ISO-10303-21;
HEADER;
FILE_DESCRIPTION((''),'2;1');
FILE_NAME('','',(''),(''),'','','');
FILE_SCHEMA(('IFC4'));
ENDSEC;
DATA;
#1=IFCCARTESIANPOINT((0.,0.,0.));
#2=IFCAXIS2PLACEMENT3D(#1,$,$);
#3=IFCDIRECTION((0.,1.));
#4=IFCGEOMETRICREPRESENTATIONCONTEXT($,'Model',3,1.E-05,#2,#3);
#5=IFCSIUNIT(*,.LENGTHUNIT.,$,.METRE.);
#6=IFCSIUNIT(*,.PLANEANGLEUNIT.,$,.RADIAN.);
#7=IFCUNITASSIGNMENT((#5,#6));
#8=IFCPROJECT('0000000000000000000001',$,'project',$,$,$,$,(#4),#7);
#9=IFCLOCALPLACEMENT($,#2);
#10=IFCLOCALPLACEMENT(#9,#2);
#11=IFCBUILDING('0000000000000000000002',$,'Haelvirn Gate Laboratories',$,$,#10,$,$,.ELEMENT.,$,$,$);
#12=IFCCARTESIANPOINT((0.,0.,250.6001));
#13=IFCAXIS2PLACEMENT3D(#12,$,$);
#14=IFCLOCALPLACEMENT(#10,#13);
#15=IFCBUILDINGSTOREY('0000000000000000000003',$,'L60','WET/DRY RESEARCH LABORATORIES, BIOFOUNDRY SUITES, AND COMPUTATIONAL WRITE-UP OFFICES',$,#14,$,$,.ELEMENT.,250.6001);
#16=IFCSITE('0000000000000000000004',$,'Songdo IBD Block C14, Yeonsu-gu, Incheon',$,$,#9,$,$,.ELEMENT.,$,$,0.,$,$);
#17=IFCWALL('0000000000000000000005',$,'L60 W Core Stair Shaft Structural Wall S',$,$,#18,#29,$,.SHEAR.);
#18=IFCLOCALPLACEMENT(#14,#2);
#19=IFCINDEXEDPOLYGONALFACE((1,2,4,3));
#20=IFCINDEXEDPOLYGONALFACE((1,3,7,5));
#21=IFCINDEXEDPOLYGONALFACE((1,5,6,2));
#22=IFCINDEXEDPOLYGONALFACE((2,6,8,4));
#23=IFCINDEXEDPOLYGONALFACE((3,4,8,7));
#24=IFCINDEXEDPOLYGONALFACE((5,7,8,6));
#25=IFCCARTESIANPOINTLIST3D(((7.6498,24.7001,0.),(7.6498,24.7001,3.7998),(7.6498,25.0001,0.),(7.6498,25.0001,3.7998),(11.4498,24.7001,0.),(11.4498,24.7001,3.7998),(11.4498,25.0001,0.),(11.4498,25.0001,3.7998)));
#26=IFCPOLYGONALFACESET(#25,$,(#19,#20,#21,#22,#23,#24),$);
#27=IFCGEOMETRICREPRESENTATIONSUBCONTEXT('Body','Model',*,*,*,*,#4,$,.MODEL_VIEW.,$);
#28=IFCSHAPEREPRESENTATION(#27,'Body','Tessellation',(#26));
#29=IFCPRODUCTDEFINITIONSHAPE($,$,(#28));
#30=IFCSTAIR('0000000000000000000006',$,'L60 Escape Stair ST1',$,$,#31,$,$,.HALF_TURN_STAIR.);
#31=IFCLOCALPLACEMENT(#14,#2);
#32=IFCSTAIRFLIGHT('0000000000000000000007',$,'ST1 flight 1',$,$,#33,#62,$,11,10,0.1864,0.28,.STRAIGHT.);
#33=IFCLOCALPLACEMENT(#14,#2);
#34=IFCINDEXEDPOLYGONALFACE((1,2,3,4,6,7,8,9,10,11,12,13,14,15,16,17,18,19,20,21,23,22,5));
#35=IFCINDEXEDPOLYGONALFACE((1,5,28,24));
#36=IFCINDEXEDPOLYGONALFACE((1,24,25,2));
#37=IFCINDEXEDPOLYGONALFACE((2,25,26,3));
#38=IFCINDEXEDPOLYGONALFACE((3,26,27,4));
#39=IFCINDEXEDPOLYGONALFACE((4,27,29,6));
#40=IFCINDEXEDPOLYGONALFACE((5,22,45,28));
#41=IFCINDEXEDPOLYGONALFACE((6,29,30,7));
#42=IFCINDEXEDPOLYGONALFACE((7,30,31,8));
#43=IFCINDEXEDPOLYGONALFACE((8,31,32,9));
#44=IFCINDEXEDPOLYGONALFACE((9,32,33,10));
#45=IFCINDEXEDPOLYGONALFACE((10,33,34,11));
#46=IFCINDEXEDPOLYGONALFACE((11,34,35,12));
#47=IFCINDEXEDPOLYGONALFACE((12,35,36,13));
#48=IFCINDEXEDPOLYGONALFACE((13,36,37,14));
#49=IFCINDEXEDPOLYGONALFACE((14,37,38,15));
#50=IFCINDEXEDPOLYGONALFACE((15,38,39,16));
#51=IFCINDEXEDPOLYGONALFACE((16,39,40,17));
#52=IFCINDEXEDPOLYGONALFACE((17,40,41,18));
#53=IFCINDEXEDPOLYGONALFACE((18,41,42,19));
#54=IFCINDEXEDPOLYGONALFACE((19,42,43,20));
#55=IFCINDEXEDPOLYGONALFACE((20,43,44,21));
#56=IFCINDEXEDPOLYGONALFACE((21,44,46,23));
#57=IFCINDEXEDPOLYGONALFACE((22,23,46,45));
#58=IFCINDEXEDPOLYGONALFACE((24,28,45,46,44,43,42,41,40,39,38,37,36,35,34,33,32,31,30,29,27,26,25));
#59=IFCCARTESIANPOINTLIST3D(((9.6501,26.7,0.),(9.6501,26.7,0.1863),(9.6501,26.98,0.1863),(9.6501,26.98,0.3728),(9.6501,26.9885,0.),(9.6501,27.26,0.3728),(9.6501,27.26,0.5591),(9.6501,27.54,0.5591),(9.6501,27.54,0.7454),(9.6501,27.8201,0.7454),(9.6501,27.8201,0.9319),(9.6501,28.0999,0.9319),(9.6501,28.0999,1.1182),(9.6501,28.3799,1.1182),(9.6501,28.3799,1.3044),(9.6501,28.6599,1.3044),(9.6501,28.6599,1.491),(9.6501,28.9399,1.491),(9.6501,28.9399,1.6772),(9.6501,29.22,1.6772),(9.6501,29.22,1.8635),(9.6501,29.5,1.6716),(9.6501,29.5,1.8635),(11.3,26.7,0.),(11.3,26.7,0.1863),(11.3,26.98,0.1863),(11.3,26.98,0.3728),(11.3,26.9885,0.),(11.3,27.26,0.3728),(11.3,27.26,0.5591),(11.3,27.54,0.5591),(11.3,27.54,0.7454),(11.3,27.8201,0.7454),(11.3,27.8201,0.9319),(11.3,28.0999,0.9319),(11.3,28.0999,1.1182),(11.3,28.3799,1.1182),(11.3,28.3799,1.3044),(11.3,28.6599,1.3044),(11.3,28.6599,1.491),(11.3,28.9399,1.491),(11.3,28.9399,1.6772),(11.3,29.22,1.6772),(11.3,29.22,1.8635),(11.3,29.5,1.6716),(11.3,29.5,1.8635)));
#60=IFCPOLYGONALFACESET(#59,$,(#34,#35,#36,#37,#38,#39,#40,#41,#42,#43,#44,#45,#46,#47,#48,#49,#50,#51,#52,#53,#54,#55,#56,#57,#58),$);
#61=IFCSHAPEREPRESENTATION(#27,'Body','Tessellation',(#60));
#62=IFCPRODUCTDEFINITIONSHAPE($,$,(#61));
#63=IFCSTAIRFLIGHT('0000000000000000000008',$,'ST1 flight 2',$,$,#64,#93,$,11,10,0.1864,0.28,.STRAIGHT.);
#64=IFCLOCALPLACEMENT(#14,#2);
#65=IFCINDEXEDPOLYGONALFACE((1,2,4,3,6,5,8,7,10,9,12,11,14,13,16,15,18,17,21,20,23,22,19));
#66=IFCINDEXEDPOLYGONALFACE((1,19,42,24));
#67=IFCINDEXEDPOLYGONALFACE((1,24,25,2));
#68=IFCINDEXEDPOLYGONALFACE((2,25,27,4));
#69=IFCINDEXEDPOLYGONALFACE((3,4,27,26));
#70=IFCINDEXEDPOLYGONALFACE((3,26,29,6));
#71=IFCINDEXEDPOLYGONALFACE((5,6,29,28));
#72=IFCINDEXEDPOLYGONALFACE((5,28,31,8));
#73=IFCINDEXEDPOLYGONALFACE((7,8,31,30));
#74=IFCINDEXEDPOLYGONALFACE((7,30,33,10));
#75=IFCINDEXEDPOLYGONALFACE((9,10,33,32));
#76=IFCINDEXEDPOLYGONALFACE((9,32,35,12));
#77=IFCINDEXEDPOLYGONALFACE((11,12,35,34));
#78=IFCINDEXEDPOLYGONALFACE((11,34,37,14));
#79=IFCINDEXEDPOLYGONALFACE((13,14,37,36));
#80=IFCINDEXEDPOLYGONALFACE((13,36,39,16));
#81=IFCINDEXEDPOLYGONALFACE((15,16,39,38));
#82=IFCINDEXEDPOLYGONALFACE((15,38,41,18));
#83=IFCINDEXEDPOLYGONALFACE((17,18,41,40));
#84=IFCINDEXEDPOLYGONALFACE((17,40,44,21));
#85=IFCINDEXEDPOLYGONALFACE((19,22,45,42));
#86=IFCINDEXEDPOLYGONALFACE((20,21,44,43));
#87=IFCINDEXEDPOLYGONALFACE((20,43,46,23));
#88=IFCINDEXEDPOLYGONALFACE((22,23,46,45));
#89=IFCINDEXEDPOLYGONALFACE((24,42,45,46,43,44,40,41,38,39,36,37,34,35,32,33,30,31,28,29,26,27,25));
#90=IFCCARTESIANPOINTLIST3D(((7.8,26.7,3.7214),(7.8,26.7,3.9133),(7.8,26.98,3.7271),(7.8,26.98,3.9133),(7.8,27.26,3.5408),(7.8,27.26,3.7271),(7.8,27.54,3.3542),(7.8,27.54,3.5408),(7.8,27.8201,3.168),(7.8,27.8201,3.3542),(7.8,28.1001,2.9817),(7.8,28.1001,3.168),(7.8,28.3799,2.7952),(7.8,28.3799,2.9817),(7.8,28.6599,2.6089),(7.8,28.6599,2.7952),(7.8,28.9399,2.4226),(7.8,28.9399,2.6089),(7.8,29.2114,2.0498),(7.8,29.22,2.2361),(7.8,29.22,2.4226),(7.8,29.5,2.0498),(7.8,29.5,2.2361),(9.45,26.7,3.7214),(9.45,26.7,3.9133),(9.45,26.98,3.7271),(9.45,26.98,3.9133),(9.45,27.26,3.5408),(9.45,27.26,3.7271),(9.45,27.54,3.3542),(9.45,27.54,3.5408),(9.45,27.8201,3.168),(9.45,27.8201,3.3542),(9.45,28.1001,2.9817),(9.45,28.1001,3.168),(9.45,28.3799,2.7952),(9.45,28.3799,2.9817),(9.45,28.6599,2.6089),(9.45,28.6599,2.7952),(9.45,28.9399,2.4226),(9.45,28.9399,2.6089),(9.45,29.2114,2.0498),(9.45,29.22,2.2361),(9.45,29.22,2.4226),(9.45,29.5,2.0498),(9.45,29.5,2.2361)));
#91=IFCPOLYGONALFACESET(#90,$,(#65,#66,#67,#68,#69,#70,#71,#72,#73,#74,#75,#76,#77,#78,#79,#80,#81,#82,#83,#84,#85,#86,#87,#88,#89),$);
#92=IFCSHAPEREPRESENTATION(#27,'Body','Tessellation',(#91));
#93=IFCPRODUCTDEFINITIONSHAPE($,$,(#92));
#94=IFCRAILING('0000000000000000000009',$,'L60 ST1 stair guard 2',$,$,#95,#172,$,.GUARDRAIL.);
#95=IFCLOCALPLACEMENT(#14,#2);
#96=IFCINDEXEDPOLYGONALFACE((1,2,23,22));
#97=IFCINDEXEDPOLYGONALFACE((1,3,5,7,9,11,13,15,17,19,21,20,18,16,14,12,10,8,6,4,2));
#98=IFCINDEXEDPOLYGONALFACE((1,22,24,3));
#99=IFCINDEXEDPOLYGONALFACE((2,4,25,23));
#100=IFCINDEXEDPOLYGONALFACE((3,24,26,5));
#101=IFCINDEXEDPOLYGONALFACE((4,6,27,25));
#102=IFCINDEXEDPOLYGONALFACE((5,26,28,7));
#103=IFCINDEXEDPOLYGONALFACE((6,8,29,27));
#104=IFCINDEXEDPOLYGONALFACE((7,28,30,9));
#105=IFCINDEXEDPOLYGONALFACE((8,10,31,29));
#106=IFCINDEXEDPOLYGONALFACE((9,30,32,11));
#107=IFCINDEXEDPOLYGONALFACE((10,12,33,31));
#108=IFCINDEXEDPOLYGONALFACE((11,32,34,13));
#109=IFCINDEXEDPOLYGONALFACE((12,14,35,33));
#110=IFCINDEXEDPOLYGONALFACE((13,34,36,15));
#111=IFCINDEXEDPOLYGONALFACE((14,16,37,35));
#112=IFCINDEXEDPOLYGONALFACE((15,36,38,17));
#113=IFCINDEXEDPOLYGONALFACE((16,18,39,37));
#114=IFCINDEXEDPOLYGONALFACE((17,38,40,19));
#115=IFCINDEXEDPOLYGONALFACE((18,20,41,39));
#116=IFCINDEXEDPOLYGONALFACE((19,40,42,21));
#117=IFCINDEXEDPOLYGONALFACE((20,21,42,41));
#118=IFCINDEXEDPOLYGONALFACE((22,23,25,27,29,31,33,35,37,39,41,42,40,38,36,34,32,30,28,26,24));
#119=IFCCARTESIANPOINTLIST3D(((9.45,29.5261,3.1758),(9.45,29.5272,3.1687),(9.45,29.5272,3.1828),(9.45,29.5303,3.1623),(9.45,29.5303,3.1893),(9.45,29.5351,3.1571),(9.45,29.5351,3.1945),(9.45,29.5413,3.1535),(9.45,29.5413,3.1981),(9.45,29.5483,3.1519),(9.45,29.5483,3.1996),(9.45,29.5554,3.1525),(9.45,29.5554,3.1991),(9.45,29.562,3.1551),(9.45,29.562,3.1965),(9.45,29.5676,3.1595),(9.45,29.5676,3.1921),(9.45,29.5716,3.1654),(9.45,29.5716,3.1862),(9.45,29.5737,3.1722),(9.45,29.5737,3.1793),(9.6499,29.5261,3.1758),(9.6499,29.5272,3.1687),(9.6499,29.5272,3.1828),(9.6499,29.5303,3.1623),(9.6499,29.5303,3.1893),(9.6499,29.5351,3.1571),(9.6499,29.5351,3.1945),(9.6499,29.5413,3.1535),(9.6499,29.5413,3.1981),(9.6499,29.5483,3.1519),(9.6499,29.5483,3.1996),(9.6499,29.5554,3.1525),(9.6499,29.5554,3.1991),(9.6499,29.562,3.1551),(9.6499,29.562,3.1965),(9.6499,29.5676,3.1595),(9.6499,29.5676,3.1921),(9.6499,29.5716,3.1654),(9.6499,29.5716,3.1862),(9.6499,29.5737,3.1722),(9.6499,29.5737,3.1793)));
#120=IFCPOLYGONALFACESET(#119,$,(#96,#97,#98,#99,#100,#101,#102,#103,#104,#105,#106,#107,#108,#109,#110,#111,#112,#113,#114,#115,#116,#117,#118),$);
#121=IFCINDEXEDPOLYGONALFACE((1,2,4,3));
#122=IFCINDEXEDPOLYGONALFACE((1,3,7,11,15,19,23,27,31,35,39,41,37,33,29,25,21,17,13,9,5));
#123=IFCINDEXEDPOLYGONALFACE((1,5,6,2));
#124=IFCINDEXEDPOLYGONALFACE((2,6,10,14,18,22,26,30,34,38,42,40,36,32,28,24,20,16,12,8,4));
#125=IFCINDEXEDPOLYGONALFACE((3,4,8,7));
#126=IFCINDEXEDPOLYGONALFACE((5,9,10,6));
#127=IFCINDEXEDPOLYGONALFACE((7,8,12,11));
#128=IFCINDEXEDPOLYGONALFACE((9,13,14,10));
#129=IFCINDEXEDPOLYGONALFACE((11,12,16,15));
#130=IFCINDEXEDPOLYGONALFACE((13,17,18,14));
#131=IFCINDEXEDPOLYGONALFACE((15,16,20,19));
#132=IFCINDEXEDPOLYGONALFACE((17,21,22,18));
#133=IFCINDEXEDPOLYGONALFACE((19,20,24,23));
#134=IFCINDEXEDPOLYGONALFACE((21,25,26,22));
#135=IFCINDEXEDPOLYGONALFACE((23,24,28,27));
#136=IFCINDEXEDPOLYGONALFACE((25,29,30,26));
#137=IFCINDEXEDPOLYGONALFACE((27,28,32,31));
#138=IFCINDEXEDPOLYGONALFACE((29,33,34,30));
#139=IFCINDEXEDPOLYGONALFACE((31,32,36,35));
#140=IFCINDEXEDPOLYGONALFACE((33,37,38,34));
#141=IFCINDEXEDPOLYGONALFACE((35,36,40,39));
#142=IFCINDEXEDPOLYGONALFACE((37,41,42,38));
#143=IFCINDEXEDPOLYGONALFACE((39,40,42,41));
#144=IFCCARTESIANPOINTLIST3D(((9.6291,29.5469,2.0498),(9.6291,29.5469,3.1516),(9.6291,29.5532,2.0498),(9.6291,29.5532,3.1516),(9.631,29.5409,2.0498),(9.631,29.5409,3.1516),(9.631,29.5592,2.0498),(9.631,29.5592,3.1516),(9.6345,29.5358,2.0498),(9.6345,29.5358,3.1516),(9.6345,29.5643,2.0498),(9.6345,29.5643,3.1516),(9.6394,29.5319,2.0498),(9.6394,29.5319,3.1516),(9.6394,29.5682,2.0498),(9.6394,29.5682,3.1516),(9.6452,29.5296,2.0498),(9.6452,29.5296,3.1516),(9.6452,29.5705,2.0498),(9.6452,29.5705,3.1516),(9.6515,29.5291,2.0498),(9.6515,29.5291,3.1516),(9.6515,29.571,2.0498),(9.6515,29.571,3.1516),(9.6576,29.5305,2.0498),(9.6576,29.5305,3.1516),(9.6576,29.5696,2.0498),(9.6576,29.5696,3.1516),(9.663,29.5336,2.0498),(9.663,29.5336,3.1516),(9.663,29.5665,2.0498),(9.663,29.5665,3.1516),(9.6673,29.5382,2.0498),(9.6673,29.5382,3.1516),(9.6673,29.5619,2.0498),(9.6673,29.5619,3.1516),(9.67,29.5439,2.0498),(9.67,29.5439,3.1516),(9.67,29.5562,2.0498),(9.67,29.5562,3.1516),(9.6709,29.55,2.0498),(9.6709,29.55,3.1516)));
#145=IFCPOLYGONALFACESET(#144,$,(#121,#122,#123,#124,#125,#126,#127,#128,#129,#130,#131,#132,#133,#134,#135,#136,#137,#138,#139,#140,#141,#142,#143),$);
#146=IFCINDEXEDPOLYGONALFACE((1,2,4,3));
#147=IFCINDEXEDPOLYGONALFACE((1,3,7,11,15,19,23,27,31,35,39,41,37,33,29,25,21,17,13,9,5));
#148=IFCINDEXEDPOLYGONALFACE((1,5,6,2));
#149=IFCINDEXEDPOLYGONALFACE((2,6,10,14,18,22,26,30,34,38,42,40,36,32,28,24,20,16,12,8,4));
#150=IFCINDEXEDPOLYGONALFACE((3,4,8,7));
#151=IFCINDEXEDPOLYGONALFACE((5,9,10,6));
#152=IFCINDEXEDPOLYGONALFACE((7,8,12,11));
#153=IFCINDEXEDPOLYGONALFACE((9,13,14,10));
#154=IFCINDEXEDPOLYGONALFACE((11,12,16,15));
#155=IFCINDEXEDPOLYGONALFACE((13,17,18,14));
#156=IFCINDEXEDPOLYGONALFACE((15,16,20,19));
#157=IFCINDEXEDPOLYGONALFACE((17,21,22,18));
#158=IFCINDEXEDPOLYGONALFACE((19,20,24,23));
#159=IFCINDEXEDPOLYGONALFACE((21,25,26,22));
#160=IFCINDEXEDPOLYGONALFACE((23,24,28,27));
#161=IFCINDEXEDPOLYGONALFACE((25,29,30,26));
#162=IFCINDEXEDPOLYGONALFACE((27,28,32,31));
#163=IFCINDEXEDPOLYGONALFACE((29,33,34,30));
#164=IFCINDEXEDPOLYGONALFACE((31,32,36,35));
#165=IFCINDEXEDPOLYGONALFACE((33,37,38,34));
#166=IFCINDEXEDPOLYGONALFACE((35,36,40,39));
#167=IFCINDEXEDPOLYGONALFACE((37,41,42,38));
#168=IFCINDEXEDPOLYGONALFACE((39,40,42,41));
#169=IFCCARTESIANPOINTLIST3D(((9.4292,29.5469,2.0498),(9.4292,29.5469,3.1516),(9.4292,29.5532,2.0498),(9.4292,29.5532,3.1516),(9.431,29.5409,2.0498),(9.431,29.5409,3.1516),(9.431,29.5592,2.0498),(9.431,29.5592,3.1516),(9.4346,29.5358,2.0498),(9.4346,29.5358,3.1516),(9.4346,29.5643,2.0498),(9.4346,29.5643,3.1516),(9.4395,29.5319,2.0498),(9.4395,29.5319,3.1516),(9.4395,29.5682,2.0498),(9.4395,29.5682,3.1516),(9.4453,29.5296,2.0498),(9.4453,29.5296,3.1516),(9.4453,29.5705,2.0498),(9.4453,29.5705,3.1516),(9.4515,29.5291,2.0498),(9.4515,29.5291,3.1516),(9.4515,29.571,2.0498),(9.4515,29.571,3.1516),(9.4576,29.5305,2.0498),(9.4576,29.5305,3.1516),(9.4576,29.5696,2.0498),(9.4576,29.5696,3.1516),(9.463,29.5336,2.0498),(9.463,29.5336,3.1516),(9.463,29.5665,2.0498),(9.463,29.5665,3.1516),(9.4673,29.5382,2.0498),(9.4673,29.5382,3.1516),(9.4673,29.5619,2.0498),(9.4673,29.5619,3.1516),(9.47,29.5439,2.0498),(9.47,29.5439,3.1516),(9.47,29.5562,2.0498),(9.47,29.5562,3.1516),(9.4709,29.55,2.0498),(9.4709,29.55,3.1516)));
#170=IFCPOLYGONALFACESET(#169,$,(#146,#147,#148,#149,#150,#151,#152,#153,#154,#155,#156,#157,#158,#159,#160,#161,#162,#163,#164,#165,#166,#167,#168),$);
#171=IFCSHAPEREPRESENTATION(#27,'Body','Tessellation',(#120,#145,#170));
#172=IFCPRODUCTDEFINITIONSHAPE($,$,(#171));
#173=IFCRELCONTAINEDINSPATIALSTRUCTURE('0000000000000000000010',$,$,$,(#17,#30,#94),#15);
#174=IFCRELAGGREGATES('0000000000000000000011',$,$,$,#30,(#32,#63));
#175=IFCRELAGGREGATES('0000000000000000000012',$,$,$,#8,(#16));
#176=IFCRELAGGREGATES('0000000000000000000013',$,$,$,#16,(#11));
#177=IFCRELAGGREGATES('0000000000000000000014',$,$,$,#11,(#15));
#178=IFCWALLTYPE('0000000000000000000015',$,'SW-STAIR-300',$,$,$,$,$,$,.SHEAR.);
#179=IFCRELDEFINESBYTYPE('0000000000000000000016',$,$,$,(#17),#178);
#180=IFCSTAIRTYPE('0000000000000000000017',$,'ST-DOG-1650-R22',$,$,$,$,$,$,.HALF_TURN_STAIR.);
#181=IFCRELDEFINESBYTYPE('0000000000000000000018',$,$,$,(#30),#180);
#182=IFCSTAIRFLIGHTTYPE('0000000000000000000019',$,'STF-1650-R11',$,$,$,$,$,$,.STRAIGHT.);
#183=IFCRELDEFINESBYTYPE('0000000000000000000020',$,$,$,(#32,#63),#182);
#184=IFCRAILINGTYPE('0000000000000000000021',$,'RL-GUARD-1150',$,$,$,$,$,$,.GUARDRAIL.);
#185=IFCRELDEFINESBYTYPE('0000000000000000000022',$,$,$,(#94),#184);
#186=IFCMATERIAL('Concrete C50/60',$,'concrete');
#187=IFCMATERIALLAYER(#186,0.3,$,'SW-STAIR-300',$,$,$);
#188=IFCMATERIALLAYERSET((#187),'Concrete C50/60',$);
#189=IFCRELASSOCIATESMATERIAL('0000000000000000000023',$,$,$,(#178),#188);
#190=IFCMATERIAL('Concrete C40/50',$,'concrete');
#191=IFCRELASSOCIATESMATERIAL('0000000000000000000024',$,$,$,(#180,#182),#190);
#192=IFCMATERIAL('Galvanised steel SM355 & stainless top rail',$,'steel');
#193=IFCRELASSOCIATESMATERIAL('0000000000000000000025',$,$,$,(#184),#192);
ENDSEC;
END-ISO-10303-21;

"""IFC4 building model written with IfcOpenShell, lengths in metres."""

from ifc_helpers import new_model, si_unit, direction, frame, frame_2d, origin, origin_2d, place, context, subcontext, project, spatial, polyline, rectangle, circle, outline, extrude, source, transform, mapped, material, layer, layer_set, type_object, type_shapes, element, aggregate, save


model = new_model("IFC4")

# Units and contexts
model_context = context("Model", 3, precision=1e-05, world=origin(), true_north=direction((0.0, 1.0)))
body_context = subcontext(model_context, "Body", "Model", "MODEL_VIEW")
ifc_project = project(units=[si_unit("LENGTHUNIT", "METRE"), si_unit("PLANEANGLEUNIT", "RADIAN")], contexts=[model_context])

# Site, building, storey
site_placement = place(None, origin())
site = spatial("IfcSite", under=ifc_project, at=site_placement, Name="Songdo IBD Block C14, Yeonsu-gu, Incheon", CompositionType="ELEMENT", RefElevation=0.0)
building_placement = place(site_placement, origin())
building = spatial("IfcBuilding", under=site, at=building_placement, Name="Haelvirn Gate Laboratories", CompositionType="ELEMENT")
storey_placement = place(building_placement, frame((0.0, 0.0, 250.6001)))
storey = spatial("IfcBuildingStorey", under=building, at=storey_placement, Name="L60", Description="WET/DRY RESEARCH LABORATORIES, BIOFOUNDRY SUITES, AND COMPUTATIONAL WRITE-UP OFFICES", CompositionType="ELEMENT", Elevation=250.6001)

# Shared definitions
ifc_material_1 = material(Name="Concrete C50/60", Category="concrete")

# Shared definitions
ifc_material_2 = material(Name="Concrete C40/50", Category="concrete")

# Shared definitions
ifc_layer_1 = layer(ifc_material_1, 0.3, Name="SW-STAIR-300")
ifc_layer_set_1 = layer_set([ifc_layer_1], Name="Concrete C50/60")
wall_type_1 = type_object("IfcWallType", Name="SW-STAIR-300", PredefinedType="SHEAR", material=ifc_layer_set_1)

# Wall
wall_1_placement = place(storey_placement, frame((7.6499, 24.8501, 0.0), z_axis=(0.0, 0.0, 1.0), x_axis=(1.0, 0.0, 0.0)))
element("IfcWall", 1, at=wall_1_placement, inside=storey, type_object=wall_type_1, Name="L60 W Core Stair Shaft Structural Wall S", PredefinedType="SHEAR", context=body_context, shape_type="SweptSolid", body=[
    extrude(rectangle(XDim=3.8, YDim=0.3, at=frame_2d((1.8999, 0.0))), origin(), (0.0, 0.0, 1.0), 3.7998),
])

# Stair, stair flights
stair_type = type_object("IfcStairType", Name="ST-DOG-1650-R22", PredefinedType="HALF_TURN_STAIR", material=ifc_material_2)
stair_placement = place(storey_placement, origin())
stair = element("IfcStair", 2, at=stair_placement, inside=storey, type_object=stair_type, Name="L60 Escape Stair ST1", PredefinedType="HALF_TURN_STAIR")
stair_flight_type = type_object("IfcStairFlightType", Name="STF-1650-R11", PredefinedType="STRAIGHT", material=ifc_material_2)
shared_shape_1 = source(origin(), body_context, "Body", "SweptSolid", [
    extrude(outline(polyline([(0.0, 0.0), (0.0, 0.1863), (0.28, 0.1863), (0.28, 0.3728), (0.5601, 0.3728), (0.5601, 0.5591), (0.8401, 0.5591), (0.8401, 0.7454), (1.1201, 0.7454), (1.1201, 0.9319), (1.3999, 0.9319), (1.3999, 1.1182), (1.6799, 1.1182), (1.6799, 1.3044), (1.96, 1.3044), (1.96, 1.491), (2.24, 1.491), (2.24, 1.6772), (2.52, 1.6772), (2.52, 1.8635), (2.8, 1.8635), (2.8, 2.05), (2.8, 1.6716), (0.2886, 0.0), (0.0, 0.0)])), frame((0.0, 0.825, 0.0), z_axis=(0.0, -1.0, 0.0), x_axis=(1.0, 0.0, 0.0)), (0.0, 0.0, 1.0), 1.6499),
])
type_shapes(stair_flight_type, [shared_shape_1])
stair_flight_1_placement = place(storey_placement, frame((10.4751, 26.7, 0.0), z_axis=(0.0, 0.0, 1.0), x_axis=(0.0, 1.0, 0.0)))
stair_flight_1 = element("IfcStairFlight", 3, at=stair_flight_1_placement, type_object=stair_flight_type, Name="ST1 flight 1", NumberOfRisers=11, NumberOfTreads=10, PredefinedType="STRAIGHT", RiserHeight=0.1864, TreadLength=0.28, context=body_context, shape_type="MappedRepresentation", body=[
    mapped(shared_shape_1, transform((0.0, 0.0, 0.0), scale=1.0)),
])
stair_flight_2_placement = place(storey_placement, frame((8.625, 29.5, 2.0498), z_axis=(0.0, 0.0, 1.0), x_axis=(0.0, -1.0, 0.0)))
stair_flight_2 = element("IfcStairFlight", 4, at=stair_flight_2_placement, type_object=stair_flight_type, Name="ST1 flight 2", NumberOfRisers=11, NumberOfTreads=10, PredefinedType="STRAIGHT", RiserHeight=0.1864, TreadLength=0.28, context=body_context, shape_type="MappedRepresentation", body=[
    mapped(shared_shape_1, transform((0.0, 0.0, 0.0), scale=1.0)),
])
aggregate(stair, [stair_flight_1, stair_flight_2])

# Railing
ifc_material_3 = material(Name="Galvanised steel SM355 & stainless top rail", Category="steel")
railing_type_1 = type_object("IfcRailingType", Name="RL-GUARD-1150", PredefinedType="GUARDRAIL", material=ifc_material_3)
shared_shape_2 = source(origin(), body_context, "Body", "SweptSolid", [
    extrude(circle(Radius=0.0239, at=origin_2d()), frame((0.0, 0.0, 1.126), z_axis=(-1.0, 0.0, 0.0), x_axis=(0.0, -1.0, 0.0)), (0.0, 0.0, 1.0), 0.2),
    extrude(circle(Radius=0.021, at=origin_2d()), origin(), (0.0, 0.0, 1.0), 1.1018),
    extrude(circle(Radius=0.021, at=origin_2d()), frame((-0.2, 0.0, 0.0)), (0.0, 0.0, 1.0), 1.1018),
])
for number, where, name in (
    (5, (9.6499, 29.55, 2.0498), "L60 ST1 stair guard 2"),
):
    element("IfcRailing", number, at=place(storey_placement, frame(where)), inside=storey, type_object=railing_type_1, Name=name, PredefinedType="GUARDRAIL", context=body_context, shape_type="MappedRepresentation", body=[
        mapped(shared_shape_2, transform((0.0, 0.0, 0.0), scale=1.0)),
    ])

save(model, "model.ifc")
